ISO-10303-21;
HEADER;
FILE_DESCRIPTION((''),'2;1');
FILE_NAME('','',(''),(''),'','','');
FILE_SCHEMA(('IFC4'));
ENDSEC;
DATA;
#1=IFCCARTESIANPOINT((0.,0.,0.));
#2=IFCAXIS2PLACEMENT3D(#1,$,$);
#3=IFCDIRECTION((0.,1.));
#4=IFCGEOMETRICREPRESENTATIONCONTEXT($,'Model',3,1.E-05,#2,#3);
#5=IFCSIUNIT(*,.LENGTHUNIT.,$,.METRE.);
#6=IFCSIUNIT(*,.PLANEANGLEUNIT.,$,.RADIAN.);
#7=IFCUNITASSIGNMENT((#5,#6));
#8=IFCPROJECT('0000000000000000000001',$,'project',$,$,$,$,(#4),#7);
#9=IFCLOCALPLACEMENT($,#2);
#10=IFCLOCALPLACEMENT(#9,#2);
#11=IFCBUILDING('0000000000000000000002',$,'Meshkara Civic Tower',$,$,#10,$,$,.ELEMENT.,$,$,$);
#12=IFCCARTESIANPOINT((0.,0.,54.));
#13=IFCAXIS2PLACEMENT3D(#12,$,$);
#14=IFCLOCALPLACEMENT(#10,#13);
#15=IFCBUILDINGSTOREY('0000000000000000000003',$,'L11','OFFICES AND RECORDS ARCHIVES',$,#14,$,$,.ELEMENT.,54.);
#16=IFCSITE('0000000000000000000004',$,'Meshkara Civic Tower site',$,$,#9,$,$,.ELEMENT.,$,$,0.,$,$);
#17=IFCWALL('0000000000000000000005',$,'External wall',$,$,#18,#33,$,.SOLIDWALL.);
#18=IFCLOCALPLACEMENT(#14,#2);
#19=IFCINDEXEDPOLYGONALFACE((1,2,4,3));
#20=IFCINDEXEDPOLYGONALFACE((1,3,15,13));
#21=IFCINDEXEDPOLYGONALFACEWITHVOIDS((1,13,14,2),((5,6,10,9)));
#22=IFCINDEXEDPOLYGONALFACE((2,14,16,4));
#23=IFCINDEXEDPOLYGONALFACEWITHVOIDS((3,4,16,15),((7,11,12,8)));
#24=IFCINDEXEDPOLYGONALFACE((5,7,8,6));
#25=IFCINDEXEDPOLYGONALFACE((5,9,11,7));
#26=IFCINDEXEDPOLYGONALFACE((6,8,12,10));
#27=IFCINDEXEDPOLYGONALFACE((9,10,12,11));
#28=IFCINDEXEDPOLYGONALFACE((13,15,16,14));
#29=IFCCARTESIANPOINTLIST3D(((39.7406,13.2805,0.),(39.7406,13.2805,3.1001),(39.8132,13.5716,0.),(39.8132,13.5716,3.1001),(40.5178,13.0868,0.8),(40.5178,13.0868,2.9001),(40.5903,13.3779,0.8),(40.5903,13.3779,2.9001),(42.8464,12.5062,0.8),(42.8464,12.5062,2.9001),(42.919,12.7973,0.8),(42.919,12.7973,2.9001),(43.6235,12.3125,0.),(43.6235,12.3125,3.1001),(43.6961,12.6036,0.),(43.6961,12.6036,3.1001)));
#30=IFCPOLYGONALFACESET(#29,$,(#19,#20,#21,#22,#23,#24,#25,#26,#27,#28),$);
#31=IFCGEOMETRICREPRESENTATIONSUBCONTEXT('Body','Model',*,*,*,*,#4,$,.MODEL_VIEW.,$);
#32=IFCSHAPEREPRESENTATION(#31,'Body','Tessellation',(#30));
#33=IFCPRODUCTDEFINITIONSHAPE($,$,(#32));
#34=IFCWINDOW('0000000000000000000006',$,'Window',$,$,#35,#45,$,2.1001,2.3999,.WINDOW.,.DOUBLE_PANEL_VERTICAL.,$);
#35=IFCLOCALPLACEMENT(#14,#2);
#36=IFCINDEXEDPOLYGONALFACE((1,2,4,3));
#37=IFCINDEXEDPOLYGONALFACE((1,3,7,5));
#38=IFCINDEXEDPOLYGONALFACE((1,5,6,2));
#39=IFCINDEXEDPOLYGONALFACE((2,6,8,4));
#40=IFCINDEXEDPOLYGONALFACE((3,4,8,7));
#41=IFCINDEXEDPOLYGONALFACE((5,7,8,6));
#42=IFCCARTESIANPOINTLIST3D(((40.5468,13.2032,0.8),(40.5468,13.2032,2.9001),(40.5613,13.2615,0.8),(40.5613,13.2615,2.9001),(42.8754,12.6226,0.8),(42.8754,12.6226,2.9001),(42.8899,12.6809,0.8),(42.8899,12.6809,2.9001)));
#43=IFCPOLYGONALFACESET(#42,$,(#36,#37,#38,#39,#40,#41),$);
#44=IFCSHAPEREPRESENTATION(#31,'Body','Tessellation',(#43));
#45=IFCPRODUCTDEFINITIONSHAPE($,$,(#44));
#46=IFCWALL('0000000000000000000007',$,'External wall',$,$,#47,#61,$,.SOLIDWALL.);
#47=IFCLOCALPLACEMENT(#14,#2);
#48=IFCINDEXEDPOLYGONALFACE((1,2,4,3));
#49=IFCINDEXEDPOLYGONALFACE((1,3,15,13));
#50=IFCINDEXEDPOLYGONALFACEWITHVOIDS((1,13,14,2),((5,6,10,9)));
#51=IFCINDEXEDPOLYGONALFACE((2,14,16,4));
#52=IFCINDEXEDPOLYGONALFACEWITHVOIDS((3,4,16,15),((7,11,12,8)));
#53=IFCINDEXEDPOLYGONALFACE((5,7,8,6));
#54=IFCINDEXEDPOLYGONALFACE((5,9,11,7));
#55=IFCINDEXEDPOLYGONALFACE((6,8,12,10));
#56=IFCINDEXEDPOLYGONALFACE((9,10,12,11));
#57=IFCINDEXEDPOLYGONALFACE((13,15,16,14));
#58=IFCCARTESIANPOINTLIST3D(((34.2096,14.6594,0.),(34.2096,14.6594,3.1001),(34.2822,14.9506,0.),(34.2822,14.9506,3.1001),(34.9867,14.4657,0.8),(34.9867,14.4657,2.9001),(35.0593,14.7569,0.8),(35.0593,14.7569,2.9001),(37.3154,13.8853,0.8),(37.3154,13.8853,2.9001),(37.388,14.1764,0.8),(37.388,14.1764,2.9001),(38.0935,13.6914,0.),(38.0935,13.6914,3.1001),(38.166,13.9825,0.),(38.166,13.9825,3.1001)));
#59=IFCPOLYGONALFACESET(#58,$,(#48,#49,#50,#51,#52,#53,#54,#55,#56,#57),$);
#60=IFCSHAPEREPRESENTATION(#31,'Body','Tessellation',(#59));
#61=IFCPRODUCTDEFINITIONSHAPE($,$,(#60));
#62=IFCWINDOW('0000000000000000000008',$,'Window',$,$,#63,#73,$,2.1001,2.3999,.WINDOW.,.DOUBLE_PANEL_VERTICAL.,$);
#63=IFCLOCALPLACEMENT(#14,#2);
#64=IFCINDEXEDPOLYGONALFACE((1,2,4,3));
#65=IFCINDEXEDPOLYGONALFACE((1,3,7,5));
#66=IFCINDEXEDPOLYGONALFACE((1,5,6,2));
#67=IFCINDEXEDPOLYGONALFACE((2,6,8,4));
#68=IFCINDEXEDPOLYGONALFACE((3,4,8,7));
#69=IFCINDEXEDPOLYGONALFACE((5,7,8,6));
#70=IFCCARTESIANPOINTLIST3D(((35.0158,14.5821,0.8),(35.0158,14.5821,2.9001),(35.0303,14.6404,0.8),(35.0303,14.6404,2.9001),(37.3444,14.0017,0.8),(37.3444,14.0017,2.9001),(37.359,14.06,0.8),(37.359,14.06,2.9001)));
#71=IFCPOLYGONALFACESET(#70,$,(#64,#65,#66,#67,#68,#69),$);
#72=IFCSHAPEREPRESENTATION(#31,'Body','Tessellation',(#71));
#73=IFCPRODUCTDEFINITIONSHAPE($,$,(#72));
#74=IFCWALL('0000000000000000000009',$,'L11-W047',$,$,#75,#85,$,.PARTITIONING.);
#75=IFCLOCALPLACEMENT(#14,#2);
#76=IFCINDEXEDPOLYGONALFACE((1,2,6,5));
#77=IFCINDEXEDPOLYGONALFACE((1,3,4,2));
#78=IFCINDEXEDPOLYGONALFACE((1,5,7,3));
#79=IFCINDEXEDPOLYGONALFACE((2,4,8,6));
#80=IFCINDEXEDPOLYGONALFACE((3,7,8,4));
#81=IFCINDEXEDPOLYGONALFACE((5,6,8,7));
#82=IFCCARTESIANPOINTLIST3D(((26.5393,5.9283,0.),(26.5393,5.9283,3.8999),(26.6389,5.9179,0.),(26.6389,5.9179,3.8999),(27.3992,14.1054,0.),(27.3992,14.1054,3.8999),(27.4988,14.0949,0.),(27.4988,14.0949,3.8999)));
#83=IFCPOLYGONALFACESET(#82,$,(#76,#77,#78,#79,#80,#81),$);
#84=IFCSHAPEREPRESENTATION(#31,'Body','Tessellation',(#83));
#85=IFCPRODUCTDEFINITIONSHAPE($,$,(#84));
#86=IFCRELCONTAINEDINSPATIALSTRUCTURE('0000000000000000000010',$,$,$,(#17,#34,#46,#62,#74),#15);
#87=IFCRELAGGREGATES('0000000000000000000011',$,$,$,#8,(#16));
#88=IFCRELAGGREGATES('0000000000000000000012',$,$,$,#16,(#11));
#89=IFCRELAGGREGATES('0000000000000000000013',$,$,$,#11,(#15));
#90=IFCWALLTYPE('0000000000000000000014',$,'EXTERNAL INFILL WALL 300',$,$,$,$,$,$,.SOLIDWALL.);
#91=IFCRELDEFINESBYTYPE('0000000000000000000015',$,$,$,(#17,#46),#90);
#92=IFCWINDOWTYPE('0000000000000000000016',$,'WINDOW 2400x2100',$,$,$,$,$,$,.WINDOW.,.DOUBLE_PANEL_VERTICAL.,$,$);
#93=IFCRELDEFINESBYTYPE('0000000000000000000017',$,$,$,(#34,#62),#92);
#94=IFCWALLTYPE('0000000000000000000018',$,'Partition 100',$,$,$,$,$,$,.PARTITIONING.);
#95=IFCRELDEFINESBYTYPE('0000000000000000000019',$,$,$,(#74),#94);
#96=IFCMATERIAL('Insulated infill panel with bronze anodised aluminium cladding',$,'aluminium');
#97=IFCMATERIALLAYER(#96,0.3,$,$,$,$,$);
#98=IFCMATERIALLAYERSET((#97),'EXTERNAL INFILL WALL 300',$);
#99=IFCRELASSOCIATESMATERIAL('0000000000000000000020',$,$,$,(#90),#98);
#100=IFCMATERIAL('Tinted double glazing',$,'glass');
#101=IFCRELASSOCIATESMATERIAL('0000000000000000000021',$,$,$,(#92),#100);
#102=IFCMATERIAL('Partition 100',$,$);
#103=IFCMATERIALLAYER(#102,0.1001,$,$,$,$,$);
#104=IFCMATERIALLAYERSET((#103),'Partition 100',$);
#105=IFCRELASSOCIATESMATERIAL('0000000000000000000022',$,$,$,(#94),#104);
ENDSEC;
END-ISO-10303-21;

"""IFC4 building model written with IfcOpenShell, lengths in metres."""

from ifc_helpers import new_model, si_unit, direction, frame, frame_2d, origin, place, context, subcontext, project, spatial, rectangle, extrude, material, layer, layer_set, type_object, element, fill, save


model = new_model("IFC4")

# Units and contexts
model_context = context("Model", 3, precision=1e-05, world=origin(), true_north=direction((0.0, 1.0)))
body_context = subcontext(model_context, "Body", "Model", "MODEL_VIEW")
ifc_project = project(units=[si_unit("LENGTHUNIT", "METRE"), si_unit("PLANEANGLEUNIT", "RADIAN")], contexts=[model_context])

# Site, building, storey
site_placement = place(None, origin())
site = spatial("IfcSite", under=ifc_project, at=site_placement, Name="Meshkara Civic Tower site", CompositionType="ELEMENT", RefElevation=0.0)
building_placement = place(site_placement, origin())
building = spatial("IfcBuilding", under=site, at=building_placement, Name="Meshkara Civic Tower", CompositionType="ELEMENT")
storey_placement = place(building_placement, frame((0.0, 0.0, 54.0)))
storey = spatial("IfcBuildingStorey", under=building, at=storey_placement, Name="L11", Description="OFFICES AND RECORDS ARCHIVES", CompositionType="ELEMENT", Elevation=54.0)

# Walls, openings, windows
ifc_material_1 = material(Name="Insulated infill panel with bronze anodised aluminium cladding", Category="aluminium")
ifc_layer_1 = layer(ifc_material_1, 0.3)
ifc_layer_set_1 = layer_set([ifc_layer_1], Name="EXTERNAL INFILL WALL 300")
wall_type_1 = type_object("IfcWallType", Name="EXTERNAL INFILL WALL 300", PredefinedType="SOLIDWALL", material=ifc_layer_set_1)
ifc_material_2 = material(Name="Tinted double glazing", Category="glass")
window_type = type_object("IfcWindowType", Name="WINDOW 2400x2100", PartitioningType="DOUBLE_PANEL_VERTICAL", PredefinedType="WINDOW", material=ifc_material_2)
wall_1_placement = place(storey_placement, frame((43.6599, 12.458, 0.0), z_axis=(0.0, 0.0, 1.0), x_axis=(-0.9703, 0.241904, 0.0)))
wall_1 = element("IfcWall", 1, at=wall_1_placement, inside=storey, type_object=wall_type_1, Name="External wall", PredefinedType="SOLIDWALL", context=body_context, shape_type="SweptSolid", body=[
    extrude(rectangle(XDim=4.0017, YDim=0.3, at=frame_2d((2.001, 0.0))), origin(), (0.0, 0.0, 1.0), 3.1001),
])
opening_1_placement = place(wall_1_placement, frame((0.801, 0.0, 0.8)))
opening_1 = element("IfcOpeningElement", 2, at=opening_1_placement, cuts=wall_1, PredefinedType="OPENING", context=body_context, shape_type="SweptSolid", body=[
    extrude(rectangle(XDim=2.3999, YDim=2.1001, at=frame_2d((1.2, 1.05))), frame((0.0, 0.1599, 0.0), z_axis=(0.0, -1.0, 0.0), x_axis=(1.0, 0.0, 0.0)), (0.0, 0.0, 1.0), 0.3201),
])
window_1_placement = place(opening_1_placement, origin())
window_1 = element("IfcWindow", 3, at=window_1_placement, inside=storey, type_object=window_type, Name="Window", OverallHeight=2.1001, OverallWidth=2.3999, PartitioningType="DOUBLE_PANEL_VERTICAL", PredefinedType="WINDOW", context=body_context, shape_type="SweptSolid", body=[
    extrude(rectangle(XDim=2.3999, YDim=2.1001, at=frame_2d((1.2, 1.05))), frame((0.0, 0.03, 0.0), z_axis=(0.0, -1.0, 0.0), x_axis=(1.0, 0.0, 0.0)), (0.0, 0.0, 1.0), 0.0601),
])
fill(opening_1, window_1)
wall_2_placement = place(storey_placement, frame((38.1299, 13.8369, 0.0), z_axis=(0.0, 0.0, 1.0), x_axis=(-0.970314, 0.241847, 0.0)))
wall_2 = element("IfcWall", 4, at=wall_2_placement, inside=storey, type_object=wall_type_1, Name="External wall", PredefinedType="SOLIDWALL", context=body_context, shape_type="SweptSolid", body=[
    extrude(rectangle(XDim=4.0027, YDim=0.3, at=frame_2d((2.0015, 0.0))), origin(), (0.0, 0.0, 1.0), 3.1001),
])
opening_2_placement = place(wall_2_placement, frame((0.802, 0.0, 0.8)))
opening_2 = element("IfcOpeningElement", 5, at=opening_2_placement, cuts=wall_2, PredefinedType="OPENING", context=body_context, shape_type="SweptSolid", body=[
    extrude(rectangle(XDim=2.3999, YDim=2.1001, at=frame_2d((1.2, 1.05))), frame((0.0, 0.1599, 0.0), z_axis=(0.0, -1.0, 0.0), x_axis=(1.0, 0.0, 0.0)), (0.0, 0.0, 1.0), 0.3201),
])
window_2_placement = place(opening_2_placement, origin())
window_2 = element("IfcWindow", 6, at=window_2_placement, inside=storey, type_object=window_type, Name="Window", OverallHeight=2.1001, OverallWidth=2.3999, PartitioningType="DOUBLE_PANEL_VERTICAL", PredefinedType="WINDOW", context=body_context, shape_type="SweptSolid", body=[
    extrude(rectangle(XDim=2.3999, YDim=2.1001, at=frame_2d((1.2, 1.05))), frame((0.0, 0.03, 0.0), z_axis=(0.0, -1.0, 0.0), x_axis=(1.0, 0.0, 0.0)), (0.0, 0.0, 1.0), 0.0601),
])
fill(opening_2, window_2)

# Wall
ifc_material_3 = material(Name="Partition 100")
ifc_layer_2 = layer(ifc_material_3, 0.1001)
ifc_layer_set_2 = layer_set([ifc_layer_2], Name="Partition 100")
wall_type_2 = type_object("IfcWallType", Name="Partition 100", PredefinedType="PARTITIONING", material=ifc_layer_set_2)
wall_3_placement = place(storey_placement, frame((26.5891, 5.9231, 0.0), z_axis=(0.0, 0.0, 1.0), x_axis=(0.10458, 0.994517, 0.0)))
element("IfcWall", 7, at=wall_3_placement, inside=storey, type_object=wall_type_2, Name="L11-W047", PredefinedType="PARTITIONING", context=body_context, shape_type="SweptSolid", body=[
    extrude(rectangle(XDim=8.2222, YDim=0.1001, at=frame_2d((4.1111, 0.0))), origin(), (0.0, 0.0, 1.0), 3.8999),
])

save(model, "model.ifc")
